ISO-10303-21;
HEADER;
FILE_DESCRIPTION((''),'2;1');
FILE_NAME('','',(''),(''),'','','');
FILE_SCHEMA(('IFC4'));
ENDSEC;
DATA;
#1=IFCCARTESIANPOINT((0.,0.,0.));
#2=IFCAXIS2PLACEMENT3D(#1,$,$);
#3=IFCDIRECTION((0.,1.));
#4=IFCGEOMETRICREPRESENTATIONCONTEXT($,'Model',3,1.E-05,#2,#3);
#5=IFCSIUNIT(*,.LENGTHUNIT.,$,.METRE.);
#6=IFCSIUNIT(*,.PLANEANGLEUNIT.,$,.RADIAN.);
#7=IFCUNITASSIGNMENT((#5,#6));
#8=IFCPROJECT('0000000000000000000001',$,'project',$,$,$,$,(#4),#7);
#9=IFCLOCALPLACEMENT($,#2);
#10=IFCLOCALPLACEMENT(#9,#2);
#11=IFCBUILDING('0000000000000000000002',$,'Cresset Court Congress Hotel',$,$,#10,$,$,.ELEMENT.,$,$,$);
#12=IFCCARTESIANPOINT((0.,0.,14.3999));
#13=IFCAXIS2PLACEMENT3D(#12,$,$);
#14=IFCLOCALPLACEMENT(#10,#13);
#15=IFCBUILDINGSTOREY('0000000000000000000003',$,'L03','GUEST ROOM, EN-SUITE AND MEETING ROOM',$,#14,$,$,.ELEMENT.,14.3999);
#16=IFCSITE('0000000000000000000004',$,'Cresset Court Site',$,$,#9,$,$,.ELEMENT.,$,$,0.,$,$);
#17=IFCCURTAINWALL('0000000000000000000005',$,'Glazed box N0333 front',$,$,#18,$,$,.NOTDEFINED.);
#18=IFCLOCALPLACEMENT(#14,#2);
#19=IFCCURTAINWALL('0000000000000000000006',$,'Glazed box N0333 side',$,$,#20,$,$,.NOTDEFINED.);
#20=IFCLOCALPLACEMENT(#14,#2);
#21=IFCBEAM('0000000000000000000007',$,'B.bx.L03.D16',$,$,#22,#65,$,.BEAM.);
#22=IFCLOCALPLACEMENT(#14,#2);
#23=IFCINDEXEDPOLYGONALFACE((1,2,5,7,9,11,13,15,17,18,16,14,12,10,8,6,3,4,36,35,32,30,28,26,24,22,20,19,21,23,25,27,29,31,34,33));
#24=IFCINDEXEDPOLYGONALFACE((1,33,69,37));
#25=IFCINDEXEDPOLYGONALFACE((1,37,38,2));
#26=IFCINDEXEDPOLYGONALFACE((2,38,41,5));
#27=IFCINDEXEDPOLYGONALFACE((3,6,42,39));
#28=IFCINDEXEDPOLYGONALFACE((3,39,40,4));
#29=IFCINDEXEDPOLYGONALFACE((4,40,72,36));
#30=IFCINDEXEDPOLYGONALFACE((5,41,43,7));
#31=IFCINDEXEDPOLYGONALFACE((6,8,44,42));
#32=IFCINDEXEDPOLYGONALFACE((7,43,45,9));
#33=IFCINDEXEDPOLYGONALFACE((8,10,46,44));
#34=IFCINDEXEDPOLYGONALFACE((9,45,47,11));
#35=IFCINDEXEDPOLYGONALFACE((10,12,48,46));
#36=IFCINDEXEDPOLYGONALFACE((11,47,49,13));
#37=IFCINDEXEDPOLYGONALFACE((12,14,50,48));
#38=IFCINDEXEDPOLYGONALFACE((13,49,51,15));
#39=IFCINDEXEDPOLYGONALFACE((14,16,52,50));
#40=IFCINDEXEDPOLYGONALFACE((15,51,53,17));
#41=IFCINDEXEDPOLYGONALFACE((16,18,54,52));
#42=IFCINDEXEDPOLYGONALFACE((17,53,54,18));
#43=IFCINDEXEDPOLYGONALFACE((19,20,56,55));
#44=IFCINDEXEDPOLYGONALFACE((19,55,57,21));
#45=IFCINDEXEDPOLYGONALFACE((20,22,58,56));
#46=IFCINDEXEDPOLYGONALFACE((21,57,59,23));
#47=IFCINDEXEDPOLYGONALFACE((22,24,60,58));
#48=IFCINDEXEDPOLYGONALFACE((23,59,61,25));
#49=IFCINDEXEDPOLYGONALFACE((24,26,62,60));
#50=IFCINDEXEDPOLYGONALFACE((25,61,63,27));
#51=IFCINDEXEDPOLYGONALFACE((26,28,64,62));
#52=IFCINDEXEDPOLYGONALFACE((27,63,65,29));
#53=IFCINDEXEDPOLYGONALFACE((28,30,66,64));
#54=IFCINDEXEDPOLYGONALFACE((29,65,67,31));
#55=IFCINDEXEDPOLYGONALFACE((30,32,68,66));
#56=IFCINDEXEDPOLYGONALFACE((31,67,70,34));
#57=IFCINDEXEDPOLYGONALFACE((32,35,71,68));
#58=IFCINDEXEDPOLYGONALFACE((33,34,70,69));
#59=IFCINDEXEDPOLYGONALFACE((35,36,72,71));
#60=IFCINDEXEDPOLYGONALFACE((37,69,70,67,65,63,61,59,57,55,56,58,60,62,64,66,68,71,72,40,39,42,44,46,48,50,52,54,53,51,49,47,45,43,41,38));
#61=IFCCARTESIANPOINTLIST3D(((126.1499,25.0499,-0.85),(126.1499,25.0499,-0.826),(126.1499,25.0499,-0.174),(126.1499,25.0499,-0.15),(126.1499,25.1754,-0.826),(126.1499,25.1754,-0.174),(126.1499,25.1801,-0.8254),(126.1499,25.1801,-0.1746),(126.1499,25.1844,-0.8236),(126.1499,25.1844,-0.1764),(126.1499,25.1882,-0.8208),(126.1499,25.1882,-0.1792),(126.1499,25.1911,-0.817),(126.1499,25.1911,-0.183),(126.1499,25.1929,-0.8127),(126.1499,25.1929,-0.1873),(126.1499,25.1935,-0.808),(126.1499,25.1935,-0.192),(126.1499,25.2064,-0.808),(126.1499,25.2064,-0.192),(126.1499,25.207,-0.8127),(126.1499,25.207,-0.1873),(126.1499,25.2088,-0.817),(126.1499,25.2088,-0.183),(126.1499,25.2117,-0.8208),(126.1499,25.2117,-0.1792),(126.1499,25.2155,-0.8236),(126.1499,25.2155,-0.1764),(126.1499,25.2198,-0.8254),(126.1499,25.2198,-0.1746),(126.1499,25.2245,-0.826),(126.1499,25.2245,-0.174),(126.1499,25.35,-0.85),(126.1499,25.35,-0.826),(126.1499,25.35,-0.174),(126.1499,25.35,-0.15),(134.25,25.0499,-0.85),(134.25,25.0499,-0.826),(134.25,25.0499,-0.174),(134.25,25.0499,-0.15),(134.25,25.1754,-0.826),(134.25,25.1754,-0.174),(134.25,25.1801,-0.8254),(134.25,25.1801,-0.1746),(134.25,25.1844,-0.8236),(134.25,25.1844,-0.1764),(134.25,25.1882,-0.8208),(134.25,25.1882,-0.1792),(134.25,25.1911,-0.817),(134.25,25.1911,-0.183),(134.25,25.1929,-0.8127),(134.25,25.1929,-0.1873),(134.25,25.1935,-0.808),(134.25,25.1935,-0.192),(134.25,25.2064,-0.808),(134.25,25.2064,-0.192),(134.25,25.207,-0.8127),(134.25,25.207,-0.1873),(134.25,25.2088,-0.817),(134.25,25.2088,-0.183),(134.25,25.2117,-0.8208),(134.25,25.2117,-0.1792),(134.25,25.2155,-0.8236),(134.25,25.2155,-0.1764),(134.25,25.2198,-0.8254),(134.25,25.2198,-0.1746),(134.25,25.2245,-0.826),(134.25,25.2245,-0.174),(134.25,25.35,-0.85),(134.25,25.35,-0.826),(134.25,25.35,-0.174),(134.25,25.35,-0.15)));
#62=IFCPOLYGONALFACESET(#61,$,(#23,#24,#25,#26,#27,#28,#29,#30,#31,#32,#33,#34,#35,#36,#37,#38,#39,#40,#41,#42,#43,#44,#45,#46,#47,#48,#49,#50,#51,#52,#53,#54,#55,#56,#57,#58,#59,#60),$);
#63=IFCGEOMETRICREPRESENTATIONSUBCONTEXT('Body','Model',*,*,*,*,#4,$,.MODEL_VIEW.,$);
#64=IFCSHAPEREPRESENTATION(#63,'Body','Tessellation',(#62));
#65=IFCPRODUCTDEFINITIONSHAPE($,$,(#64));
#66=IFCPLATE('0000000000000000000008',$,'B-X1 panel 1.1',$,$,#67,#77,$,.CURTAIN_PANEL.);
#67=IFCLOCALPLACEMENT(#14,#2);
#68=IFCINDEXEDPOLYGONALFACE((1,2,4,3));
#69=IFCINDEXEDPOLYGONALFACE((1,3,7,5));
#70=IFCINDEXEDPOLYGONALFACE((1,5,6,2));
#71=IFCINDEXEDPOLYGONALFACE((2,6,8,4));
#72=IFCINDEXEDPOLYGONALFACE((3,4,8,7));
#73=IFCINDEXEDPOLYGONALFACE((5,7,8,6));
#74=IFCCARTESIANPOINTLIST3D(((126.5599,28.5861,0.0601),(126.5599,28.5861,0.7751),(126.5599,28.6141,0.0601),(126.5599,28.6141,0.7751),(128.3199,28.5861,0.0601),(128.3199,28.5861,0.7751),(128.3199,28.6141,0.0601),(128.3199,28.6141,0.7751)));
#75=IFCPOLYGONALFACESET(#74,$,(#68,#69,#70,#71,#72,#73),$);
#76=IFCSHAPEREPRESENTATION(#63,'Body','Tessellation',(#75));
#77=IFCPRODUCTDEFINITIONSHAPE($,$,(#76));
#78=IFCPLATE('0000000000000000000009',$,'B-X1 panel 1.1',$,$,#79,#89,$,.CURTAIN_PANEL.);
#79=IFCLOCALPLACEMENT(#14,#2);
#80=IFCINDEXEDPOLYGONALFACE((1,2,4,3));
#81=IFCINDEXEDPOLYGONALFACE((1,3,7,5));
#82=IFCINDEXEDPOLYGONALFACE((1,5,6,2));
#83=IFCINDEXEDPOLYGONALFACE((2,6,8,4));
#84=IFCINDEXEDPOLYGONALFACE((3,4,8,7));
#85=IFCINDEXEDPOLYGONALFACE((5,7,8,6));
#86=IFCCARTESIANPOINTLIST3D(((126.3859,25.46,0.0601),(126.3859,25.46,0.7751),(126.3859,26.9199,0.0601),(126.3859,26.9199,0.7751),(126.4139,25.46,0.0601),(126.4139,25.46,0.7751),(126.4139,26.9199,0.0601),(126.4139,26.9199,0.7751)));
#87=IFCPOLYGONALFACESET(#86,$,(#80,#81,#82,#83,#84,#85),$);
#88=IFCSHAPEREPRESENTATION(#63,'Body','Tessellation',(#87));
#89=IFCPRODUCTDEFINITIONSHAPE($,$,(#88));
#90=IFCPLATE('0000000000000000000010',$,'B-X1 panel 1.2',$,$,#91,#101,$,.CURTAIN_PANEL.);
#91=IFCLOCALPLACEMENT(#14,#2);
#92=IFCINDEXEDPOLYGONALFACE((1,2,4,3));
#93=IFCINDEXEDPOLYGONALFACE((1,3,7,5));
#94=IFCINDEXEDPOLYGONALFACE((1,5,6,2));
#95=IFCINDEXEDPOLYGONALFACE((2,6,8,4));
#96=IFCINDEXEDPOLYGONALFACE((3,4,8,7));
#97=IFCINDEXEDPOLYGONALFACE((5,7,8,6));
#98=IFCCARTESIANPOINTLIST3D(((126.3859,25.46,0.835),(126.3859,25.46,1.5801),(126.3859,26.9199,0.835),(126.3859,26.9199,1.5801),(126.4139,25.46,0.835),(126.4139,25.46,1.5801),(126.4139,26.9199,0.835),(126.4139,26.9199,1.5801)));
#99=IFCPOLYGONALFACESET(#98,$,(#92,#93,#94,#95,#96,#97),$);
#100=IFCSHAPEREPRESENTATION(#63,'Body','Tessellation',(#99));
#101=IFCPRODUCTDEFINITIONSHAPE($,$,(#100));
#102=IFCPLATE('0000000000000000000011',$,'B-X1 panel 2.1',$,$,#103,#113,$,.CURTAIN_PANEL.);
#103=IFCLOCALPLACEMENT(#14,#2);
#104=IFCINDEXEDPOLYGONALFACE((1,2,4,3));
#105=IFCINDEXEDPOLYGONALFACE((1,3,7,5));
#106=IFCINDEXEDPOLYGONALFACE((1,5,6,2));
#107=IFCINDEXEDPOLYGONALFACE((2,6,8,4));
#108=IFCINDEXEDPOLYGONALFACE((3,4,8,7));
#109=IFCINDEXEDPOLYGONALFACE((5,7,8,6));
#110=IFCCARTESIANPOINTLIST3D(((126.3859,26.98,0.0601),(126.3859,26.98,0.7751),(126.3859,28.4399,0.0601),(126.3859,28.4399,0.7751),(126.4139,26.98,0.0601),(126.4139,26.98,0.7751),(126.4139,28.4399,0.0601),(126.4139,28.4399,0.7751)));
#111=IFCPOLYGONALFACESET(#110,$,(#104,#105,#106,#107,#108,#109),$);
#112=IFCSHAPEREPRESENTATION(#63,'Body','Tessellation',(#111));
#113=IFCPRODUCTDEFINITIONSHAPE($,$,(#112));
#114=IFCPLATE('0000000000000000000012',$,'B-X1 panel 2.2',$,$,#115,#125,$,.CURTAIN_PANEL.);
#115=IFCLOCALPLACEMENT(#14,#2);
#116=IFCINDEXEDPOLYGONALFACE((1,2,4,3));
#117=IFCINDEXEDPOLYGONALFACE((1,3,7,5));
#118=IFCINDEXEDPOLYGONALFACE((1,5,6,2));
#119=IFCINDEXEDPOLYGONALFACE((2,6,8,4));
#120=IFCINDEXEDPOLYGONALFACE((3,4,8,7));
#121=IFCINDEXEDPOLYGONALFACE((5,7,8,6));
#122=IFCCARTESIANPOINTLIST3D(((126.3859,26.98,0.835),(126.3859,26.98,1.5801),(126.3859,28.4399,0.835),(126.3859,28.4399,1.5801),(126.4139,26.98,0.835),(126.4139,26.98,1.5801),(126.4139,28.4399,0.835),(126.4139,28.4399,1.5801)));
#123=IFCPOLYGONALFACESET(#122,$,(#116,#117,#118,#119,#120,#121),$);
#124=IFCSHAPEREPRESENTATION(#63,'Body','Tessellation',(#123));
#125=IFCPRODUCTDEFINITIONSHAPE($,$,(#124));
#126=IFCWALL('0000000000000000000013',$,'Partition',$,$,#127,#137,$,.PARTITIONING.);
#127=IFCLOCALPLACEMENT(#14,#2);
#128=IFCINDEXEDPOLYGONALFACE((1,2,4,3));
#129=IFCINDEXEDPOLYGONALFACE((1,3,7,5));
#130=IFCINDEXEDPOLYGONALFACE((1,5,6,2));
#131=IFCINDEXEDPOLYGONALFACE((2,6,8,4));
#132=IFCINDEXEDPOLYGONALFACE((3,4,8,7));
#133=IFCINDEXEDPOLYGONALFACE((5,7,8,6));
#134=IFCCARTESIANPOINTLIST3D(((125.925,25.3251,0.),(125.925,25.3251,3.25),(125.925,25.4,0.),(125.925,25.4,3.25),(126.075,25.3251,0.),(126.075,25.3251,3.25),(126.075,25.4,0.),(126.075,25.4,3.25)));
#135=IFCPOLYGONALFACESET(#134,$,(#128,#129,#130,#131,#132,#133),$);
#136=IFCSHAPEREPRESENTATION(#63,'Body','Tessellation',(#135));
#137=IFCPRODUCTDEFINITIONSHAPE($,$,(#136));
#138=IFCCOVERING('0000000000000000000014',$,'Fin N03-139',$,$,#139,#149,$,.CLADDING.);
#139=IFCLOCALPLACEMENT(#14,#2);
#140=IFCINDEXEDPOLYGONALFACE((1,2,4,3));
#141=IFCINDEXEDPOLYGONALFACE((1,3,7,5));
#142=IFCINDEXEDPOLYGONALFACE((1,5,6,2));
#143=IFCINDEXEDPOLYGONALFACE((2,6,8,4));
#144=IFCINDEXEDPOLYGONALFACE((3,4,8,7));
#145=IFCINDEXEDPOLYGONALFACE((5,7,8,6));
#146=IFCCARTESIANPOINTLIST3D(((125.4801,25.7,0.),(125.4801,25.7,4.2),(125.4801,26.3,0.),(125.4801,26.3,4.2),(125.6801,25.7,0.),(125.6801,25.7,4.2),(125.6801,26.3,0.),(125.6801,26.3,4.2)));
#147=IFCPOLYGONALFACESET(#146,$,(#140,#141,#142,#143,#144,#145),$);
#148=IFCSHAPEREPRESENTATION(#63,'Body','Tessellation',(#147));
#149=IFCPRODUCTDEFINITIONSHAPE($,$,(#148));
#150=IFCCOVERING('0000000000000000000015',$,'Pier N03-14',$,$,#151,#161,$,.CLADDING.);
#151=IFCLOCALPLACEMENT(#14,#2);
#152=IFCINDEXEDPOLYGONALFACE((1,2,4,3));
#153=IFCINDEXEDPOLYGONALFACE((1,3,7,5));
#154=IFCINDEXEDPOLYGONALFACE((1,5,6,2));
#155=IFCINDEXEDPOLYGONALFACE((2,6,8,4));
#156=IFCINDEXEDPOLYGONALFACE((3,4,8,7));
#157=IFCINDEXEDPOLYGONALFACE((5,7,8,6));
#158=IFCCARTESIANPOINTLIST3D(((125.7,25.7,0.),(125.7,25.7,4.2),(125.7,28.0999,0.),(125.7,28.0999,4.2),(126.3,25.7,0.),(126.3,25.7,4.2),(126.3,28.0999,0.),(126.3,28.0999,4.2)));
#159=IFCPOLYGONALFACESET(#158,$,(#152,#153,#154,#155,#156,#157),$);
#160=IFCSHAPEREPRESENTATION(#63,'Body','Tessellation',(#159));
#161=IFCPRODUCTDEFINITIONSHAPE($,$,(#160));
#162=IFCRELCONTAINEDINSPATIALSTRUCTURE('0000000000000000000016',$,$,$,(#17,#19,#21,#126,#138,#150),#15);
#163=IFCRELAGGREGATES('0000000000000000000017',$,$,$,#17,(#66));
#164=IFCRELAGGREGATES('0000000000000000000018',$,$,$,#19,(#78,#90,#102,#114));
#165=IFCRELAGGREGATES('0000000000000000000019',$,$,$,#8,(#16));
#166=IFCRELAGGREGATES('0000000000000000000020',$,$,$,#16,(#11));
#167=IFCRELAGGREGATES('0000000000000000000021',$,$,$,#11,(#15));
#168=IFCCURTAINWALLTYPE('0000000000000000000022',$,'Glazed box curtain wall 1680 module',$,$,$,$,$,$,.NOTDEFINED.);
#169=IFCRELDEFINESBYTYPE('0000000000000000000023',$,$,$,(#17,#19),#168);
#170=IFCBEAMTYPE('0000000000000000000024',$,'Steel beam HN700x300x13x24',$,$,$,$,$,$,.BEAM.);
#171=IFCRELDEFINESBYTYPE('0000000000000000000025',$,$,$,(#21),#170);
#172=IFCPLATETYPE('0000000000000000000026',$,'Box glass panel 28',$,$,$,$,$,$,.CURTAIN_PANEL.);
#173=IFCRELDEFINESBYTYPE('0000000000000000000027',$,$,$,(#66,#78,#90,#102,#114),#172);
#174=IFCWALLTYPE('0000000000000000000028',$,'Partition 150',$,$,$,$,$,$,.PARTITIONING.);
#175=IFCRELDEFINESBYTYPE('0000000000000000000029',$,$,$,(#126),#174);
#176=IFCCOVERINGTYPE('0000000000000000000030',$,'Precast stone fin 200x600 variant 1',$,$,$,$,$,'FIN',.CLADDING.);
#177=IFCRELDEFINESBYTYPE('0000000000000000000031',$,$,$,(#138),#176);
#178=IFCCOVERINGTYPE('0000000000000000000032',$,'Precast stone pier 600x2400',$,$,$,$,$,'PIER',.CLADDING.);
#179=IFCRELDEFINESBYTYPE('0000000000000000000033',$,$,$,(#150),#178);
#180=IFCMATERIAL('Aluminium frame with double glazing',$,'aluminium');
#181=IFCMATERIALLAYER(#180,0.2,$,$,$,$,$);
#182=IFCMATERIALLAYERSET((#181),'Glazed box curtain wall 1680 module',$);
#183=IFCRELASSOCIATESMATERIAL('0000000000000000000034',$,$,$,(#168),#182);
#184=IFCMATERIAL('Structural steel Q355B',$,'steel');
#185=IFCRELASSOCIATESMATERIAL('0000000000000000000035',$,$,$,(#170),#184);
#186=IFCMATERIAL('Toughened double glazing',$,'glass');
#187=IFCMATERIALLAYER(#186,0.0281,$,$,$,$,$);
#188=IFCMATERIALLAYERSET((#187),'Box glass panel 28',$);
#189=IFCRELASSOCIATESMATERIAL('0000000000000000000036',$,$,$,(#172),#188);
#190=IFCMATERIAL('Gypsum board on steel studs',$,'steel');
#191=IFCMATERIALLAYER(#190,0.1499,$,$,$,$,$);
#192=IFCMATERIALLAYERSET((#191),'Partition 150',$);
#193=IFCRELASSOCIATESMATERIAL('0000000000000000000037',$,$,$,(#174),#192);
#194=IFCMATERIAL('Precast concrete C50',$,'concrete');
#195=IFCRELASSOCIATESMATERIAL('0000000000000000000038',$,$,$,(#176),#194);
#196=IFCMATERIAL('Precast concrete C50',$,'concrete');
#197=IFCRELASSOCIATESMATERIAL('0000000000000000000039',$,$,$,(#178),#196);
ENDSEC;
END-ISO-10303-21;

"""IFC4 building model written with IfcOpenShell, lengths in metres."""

from ifc_helpers import new_model, si_unit, direction, frame, frame_2d, origin, origin_2d, place, context, subcontext, project, spatial, rectangle, i_section, extrude, material, layer, layer_set, material_profile, profile_set, type_object, element, aggregate, save


model = new_model("IFC4")

# Units and contexts
model_context = context("Model", 3, precision=1e-05, world=origin(), true_north=direction((0.0, 1.0)))
body_context = subcontext(model_context, "Body", "Model", "MODEL_VIEW")
ifc_project = project(units=[si_unit("LENGTHUNIT", "METRE"), si_unit("PLANEANGLEUNIT", "RADIAN")], contexts=[model_context])

# Site, building, storey
site_placement = place(None, origin())
site = spatial("IfcSite", under=ifc_project, at=site_placement, Name="Cresset Court Site", CompositionType="ELEMENT", RefElevation=0.0)
building_placement = place(site_placement, origin())
building = spatial("IfcBuilding", under=site, at=building_placement, Name="Cresset Court Congress Hotel", CompositionType="ELEMENT")
storey_placement = place(building_placement, frame((0.0, 0.0, 14.3999)))
storey = spatial("IfcBuildingStorey", under=building, at=storey_placement, Name="L03", Description="GUEST ROOM, EN-SUITE AND MEETING ROOM", CompositionType="ELEMENT", Elevation=14.3999)

# Curtain walls
ifc_material_1 = material(Name="Aluminium frame with double glazing", Category="aluminium")
ifc_layer_1 = layer(ifc_material_1, 0.2)
ifc_layer_set_1 = layer_set([ifc_layer_1], Name="Glazed box curtain wall 1680 module")
curtain_wall_type = type_object("IfcCurtainWallType", Name="Glazed box curtain wall 1680 module", PredefinedType="NOTDEFINED", material=ifc_layer_set_1)
curtain_wall_1_placement = place(storey_placement, origin())
curtain_wall_1 = element("IfcCurtainWall", 1, at=curtain_wall_1_placement, inside=storey, type_object=curtain_wall_type, Name="Glazed box N0333 front", PredefinedType="NOTDEFINED")
curtain_wall_2_placement = place(storey_placement, origin())
curtain_wall_2 = element("IfcCurtainWall", 2, at=curtain_wall_2_placement, inside=storey, type_object=curtain_wall_type, Name="Glazed box N0333 side", PredefinedType="NOTDEFINED")

# Beam
ifc_material_2 = material(Name="Structural steel Q355B", Category="steel")
ifc_material_profile_1 = material_profile(ifc_material_2, i_section(OverallWidth=0.3, OverallDepth=0.7, WebThickness=0.0129, FlangeThickness=0.0239, FilletRadius=0.0181, at=origin_2d()), Name="HN700x300x13x24")
ifc_profile_set_1 = profile_set([ifc_material_profile_1], Name="Structural steel Q355B")
beam_type = type_object("IfcBeamType", Name="Steel beam HN700x300x13x24", PredefinedType="BEAM", material=ifc_profile_set_1)
beam_placement = place(storey_placement, frame((126.1499, 25.2, -0.5), z_axis=(1.0, 0.0, 0.0), x_axis=(0.0, 1.0, 0.0)))
element("IfcBeam", 3, at=beam_placement, inside=storey, type_object=beam_type, Name="B.bx.L03.D16", PredefinedType="BEAM", context=body_context, shape_type="SweptSolid", body=[
    extrude(i_section(OverallWidth=0.3, OverallDepth=0.7, WebThickness=0.0129, FlangeThickness=0.0239, FilletRadius=0.0181, at=origin_2d()), origin(), (0.0, 0.0, 1.0), 8.1001),
])

# Plates
ifc_material_3 = material(Name="Toughened double glazing", Category="glass")
ifc_layer_2 = layer(ifc_material_3, 0.0281)
ifc_layer_set_2 = layer_set([ifc_layer_2], Name="Box glass panel 28")
plate_type = type_object("IfcPlateType", Name="Box glass panel 28", PredefinedType="CURTAIN_PANEL", material=ifc_layer_set_2)
plate_1_placement = place(storey_placement, frame((127.4399, 28.6001, 0.0601), z_axis=(0.0, 0.0, 1.0), x_axis=(1.0, 0.0, 0.0)))
plate_1 = element("IfcPlate", 4, at=plate_1_placement, type_object=plate_type, Name="B-X1 panel 1.1", PredefinedType="CURTAIN_PANEL", context=body_context, shape_type="SweptSolid", body=[
    extrude(rectangle(XDim=1.76, YDim=0.0281, at=origin_2d()), origin(), (0.0, 0.0, 1.0), 0.7151),
])
aggregate(curtain_wall_1, [plate_1])
plate_2_placement = place(storey_placement, frame((126.3999, 26.1899, 0.0601), z_axis=(0.0, 0.0, 1.0), x_axis=(0.0, 1.0, 0.0)))
plate_2 = element("IfcPlate", 5, at=plate_2_placement, type_object=plate_type, Name="B-X1 panel 1.1", PredefinedType="CURTAIN_PANEL", context=body_context, shape_type="SweptSolid", body=[
    extrude(rectangle(XDim=1.46, YDim=0.0281, at=origin_2d()), origin(), (0.0, 0.0, 1.0), 0.7151),
])
plate_3_placement = place(storey_placement, frame((126.3999, 26.1899, 0.835), z_axis=(0.0, 0.0, 1.0), x_axis=(0.0, 1.0, 0.0)))
plate_3 = element("IfcPlate", 6, at=plate_3_placement, type_object=plate_type, Name="B-X1 panel 1.2", PredefinedType="CURTAIN_PANEL", context=body_context, shape_type="SweptSolid", body=[
    extrude(rectangle(XDim=1.46, YDim=0.0281, at=origin_2d()), origin(), (0.0, 0.0, 1.0), 0.7451),
])
plate_4_placement = place(storey_placement, frame((126.3999, 27.71, 0.0601), z_axis=(0.0, 0.0, 1.0), x_axis=(0.0, 1.0, 0.0)))
plate_4 = element("IfcPlate", 7, at=plate_4_placement, type_object=plate_type, Name="B-X1 panel 2.1", PredefinedType="CURTAIN_PANEL", context=body_context, shape_type="SweptSolid", body=[
    extrude(rectangle(XDim=1.46, YDim=0.0281, at=origin_2d()), origin(), (0.0, 0.0, 1.0), 0.7151),
])
plate_5_placement = place(storey_placement, frame((126.3999, 27.71, 0.835), z_axis=(0.0, 0.0, 1.0), x_axis=(0.0, 1.0, 0.0)))
plate_5 = element("IfcPlate", 8, at=plate_5_placement, type_object=plate_type, Name="B-X1 panel 2.2", PredefinedType="CURTAIN_PANEL", context=body_context, shape_type="SweptSolid", body=[
    extrude(rectangle(XDim=1.46, YDim=0.0281, at=origin_2d()), origin(), (0.0, 0.0, 1.0), 0.7451),
])
aggregate(curtain_wall_2, [plate_2, plate_3, plate_4, plate_5])

# Wall
ifc_material_4 = material(Name="Gypsum board on steel studs", Category="steel")
ifc_layer_3 = layer(ifc_material_4, 0.1499)
ifc_layer_set_3 = layer_set([ifc_layer_3], Name="Partition 150")
wall_type = type_object("IfcWallType", Name="Partition 150", PredefinedType="PARTITIONING", material=ifc_layer_set_3)
wall_placement = place(storey_placement, frame((126.0, 25.325, 0.0), z_axis=(0.0, 0.0, 1.0), x_axis=(0.0, 1.0, 0.0)))
element("IfcWall", 9, at=wall_placement, inside=storey, type_object=wall_type, Name="Partition", PredefinedType="PARTITIONING", context=body_context, shape_type="SweptSolid", body=[
    extrude(rectangle(XDim=0.075, YDim=0.1499, at=frame_2d((0.0376, 0.0))), origin(), (0.0, 0.0, 1.0), 3.25),
])

# Coverings
ifc_material_5 = material(Name="Precast concrete C50", Category="concrete")
covering_type_1 = type_object("IfcCoveringType", Name="Precast stone fin 200x600 variant 1", ElementType="FIN", PredefinedType="CLADDING", material=ifc_material_5)
covering_1_placement = place(storey_placement, frame((125.5801, 26.0, 0.0), z_axis=(0.0, 0.0, 1.0), x_axis=(1.0, 0.0, 0.0)))
element("IfcCovering", 10, at=covering_1_placement, inside=storey, type_object=covering_type_1, Name="Fin N03-139", PredefinedType="CLADDING", context=body_context, shape_type="SweptSolid", body=[
    extrude(rectangle(XDim=0.2, YDim=0.6001, at=origin_2d()), origin(), (0.0, 0.0, 1.0), 4.2),
])
ifc_material_6 = material(Name="Precast concrete C50", Category="concrete")
covering_type_2 = type_object("IfcCoveringType", Name="Precast stone pier 600x2400", ElementType="PIER", PredefinedType="CLADDING", material=ifc_material_6)
covering_2_placement = place(storey_placement, frame((126.0, 26.8999, 0.0), z_axis=(0.0, 0.0, 1.0), x_axis=(1.0, 0.0, 0.0)))
element("IfcCovering", 11, at=covering_2_placement, inside=storey, type_object=covering_type_2, Name="Pier N03-14", PredefinedType="CLADDING", context=body_context, shape_type="SweptSolid", body=[
    extrude(rectangle(XDim=0.6001, YDim=2.3999, at=origin_2d()), origin(), (0.0, 0.0, 1.0), 4.2),
])

save(model, "model.ifc")
